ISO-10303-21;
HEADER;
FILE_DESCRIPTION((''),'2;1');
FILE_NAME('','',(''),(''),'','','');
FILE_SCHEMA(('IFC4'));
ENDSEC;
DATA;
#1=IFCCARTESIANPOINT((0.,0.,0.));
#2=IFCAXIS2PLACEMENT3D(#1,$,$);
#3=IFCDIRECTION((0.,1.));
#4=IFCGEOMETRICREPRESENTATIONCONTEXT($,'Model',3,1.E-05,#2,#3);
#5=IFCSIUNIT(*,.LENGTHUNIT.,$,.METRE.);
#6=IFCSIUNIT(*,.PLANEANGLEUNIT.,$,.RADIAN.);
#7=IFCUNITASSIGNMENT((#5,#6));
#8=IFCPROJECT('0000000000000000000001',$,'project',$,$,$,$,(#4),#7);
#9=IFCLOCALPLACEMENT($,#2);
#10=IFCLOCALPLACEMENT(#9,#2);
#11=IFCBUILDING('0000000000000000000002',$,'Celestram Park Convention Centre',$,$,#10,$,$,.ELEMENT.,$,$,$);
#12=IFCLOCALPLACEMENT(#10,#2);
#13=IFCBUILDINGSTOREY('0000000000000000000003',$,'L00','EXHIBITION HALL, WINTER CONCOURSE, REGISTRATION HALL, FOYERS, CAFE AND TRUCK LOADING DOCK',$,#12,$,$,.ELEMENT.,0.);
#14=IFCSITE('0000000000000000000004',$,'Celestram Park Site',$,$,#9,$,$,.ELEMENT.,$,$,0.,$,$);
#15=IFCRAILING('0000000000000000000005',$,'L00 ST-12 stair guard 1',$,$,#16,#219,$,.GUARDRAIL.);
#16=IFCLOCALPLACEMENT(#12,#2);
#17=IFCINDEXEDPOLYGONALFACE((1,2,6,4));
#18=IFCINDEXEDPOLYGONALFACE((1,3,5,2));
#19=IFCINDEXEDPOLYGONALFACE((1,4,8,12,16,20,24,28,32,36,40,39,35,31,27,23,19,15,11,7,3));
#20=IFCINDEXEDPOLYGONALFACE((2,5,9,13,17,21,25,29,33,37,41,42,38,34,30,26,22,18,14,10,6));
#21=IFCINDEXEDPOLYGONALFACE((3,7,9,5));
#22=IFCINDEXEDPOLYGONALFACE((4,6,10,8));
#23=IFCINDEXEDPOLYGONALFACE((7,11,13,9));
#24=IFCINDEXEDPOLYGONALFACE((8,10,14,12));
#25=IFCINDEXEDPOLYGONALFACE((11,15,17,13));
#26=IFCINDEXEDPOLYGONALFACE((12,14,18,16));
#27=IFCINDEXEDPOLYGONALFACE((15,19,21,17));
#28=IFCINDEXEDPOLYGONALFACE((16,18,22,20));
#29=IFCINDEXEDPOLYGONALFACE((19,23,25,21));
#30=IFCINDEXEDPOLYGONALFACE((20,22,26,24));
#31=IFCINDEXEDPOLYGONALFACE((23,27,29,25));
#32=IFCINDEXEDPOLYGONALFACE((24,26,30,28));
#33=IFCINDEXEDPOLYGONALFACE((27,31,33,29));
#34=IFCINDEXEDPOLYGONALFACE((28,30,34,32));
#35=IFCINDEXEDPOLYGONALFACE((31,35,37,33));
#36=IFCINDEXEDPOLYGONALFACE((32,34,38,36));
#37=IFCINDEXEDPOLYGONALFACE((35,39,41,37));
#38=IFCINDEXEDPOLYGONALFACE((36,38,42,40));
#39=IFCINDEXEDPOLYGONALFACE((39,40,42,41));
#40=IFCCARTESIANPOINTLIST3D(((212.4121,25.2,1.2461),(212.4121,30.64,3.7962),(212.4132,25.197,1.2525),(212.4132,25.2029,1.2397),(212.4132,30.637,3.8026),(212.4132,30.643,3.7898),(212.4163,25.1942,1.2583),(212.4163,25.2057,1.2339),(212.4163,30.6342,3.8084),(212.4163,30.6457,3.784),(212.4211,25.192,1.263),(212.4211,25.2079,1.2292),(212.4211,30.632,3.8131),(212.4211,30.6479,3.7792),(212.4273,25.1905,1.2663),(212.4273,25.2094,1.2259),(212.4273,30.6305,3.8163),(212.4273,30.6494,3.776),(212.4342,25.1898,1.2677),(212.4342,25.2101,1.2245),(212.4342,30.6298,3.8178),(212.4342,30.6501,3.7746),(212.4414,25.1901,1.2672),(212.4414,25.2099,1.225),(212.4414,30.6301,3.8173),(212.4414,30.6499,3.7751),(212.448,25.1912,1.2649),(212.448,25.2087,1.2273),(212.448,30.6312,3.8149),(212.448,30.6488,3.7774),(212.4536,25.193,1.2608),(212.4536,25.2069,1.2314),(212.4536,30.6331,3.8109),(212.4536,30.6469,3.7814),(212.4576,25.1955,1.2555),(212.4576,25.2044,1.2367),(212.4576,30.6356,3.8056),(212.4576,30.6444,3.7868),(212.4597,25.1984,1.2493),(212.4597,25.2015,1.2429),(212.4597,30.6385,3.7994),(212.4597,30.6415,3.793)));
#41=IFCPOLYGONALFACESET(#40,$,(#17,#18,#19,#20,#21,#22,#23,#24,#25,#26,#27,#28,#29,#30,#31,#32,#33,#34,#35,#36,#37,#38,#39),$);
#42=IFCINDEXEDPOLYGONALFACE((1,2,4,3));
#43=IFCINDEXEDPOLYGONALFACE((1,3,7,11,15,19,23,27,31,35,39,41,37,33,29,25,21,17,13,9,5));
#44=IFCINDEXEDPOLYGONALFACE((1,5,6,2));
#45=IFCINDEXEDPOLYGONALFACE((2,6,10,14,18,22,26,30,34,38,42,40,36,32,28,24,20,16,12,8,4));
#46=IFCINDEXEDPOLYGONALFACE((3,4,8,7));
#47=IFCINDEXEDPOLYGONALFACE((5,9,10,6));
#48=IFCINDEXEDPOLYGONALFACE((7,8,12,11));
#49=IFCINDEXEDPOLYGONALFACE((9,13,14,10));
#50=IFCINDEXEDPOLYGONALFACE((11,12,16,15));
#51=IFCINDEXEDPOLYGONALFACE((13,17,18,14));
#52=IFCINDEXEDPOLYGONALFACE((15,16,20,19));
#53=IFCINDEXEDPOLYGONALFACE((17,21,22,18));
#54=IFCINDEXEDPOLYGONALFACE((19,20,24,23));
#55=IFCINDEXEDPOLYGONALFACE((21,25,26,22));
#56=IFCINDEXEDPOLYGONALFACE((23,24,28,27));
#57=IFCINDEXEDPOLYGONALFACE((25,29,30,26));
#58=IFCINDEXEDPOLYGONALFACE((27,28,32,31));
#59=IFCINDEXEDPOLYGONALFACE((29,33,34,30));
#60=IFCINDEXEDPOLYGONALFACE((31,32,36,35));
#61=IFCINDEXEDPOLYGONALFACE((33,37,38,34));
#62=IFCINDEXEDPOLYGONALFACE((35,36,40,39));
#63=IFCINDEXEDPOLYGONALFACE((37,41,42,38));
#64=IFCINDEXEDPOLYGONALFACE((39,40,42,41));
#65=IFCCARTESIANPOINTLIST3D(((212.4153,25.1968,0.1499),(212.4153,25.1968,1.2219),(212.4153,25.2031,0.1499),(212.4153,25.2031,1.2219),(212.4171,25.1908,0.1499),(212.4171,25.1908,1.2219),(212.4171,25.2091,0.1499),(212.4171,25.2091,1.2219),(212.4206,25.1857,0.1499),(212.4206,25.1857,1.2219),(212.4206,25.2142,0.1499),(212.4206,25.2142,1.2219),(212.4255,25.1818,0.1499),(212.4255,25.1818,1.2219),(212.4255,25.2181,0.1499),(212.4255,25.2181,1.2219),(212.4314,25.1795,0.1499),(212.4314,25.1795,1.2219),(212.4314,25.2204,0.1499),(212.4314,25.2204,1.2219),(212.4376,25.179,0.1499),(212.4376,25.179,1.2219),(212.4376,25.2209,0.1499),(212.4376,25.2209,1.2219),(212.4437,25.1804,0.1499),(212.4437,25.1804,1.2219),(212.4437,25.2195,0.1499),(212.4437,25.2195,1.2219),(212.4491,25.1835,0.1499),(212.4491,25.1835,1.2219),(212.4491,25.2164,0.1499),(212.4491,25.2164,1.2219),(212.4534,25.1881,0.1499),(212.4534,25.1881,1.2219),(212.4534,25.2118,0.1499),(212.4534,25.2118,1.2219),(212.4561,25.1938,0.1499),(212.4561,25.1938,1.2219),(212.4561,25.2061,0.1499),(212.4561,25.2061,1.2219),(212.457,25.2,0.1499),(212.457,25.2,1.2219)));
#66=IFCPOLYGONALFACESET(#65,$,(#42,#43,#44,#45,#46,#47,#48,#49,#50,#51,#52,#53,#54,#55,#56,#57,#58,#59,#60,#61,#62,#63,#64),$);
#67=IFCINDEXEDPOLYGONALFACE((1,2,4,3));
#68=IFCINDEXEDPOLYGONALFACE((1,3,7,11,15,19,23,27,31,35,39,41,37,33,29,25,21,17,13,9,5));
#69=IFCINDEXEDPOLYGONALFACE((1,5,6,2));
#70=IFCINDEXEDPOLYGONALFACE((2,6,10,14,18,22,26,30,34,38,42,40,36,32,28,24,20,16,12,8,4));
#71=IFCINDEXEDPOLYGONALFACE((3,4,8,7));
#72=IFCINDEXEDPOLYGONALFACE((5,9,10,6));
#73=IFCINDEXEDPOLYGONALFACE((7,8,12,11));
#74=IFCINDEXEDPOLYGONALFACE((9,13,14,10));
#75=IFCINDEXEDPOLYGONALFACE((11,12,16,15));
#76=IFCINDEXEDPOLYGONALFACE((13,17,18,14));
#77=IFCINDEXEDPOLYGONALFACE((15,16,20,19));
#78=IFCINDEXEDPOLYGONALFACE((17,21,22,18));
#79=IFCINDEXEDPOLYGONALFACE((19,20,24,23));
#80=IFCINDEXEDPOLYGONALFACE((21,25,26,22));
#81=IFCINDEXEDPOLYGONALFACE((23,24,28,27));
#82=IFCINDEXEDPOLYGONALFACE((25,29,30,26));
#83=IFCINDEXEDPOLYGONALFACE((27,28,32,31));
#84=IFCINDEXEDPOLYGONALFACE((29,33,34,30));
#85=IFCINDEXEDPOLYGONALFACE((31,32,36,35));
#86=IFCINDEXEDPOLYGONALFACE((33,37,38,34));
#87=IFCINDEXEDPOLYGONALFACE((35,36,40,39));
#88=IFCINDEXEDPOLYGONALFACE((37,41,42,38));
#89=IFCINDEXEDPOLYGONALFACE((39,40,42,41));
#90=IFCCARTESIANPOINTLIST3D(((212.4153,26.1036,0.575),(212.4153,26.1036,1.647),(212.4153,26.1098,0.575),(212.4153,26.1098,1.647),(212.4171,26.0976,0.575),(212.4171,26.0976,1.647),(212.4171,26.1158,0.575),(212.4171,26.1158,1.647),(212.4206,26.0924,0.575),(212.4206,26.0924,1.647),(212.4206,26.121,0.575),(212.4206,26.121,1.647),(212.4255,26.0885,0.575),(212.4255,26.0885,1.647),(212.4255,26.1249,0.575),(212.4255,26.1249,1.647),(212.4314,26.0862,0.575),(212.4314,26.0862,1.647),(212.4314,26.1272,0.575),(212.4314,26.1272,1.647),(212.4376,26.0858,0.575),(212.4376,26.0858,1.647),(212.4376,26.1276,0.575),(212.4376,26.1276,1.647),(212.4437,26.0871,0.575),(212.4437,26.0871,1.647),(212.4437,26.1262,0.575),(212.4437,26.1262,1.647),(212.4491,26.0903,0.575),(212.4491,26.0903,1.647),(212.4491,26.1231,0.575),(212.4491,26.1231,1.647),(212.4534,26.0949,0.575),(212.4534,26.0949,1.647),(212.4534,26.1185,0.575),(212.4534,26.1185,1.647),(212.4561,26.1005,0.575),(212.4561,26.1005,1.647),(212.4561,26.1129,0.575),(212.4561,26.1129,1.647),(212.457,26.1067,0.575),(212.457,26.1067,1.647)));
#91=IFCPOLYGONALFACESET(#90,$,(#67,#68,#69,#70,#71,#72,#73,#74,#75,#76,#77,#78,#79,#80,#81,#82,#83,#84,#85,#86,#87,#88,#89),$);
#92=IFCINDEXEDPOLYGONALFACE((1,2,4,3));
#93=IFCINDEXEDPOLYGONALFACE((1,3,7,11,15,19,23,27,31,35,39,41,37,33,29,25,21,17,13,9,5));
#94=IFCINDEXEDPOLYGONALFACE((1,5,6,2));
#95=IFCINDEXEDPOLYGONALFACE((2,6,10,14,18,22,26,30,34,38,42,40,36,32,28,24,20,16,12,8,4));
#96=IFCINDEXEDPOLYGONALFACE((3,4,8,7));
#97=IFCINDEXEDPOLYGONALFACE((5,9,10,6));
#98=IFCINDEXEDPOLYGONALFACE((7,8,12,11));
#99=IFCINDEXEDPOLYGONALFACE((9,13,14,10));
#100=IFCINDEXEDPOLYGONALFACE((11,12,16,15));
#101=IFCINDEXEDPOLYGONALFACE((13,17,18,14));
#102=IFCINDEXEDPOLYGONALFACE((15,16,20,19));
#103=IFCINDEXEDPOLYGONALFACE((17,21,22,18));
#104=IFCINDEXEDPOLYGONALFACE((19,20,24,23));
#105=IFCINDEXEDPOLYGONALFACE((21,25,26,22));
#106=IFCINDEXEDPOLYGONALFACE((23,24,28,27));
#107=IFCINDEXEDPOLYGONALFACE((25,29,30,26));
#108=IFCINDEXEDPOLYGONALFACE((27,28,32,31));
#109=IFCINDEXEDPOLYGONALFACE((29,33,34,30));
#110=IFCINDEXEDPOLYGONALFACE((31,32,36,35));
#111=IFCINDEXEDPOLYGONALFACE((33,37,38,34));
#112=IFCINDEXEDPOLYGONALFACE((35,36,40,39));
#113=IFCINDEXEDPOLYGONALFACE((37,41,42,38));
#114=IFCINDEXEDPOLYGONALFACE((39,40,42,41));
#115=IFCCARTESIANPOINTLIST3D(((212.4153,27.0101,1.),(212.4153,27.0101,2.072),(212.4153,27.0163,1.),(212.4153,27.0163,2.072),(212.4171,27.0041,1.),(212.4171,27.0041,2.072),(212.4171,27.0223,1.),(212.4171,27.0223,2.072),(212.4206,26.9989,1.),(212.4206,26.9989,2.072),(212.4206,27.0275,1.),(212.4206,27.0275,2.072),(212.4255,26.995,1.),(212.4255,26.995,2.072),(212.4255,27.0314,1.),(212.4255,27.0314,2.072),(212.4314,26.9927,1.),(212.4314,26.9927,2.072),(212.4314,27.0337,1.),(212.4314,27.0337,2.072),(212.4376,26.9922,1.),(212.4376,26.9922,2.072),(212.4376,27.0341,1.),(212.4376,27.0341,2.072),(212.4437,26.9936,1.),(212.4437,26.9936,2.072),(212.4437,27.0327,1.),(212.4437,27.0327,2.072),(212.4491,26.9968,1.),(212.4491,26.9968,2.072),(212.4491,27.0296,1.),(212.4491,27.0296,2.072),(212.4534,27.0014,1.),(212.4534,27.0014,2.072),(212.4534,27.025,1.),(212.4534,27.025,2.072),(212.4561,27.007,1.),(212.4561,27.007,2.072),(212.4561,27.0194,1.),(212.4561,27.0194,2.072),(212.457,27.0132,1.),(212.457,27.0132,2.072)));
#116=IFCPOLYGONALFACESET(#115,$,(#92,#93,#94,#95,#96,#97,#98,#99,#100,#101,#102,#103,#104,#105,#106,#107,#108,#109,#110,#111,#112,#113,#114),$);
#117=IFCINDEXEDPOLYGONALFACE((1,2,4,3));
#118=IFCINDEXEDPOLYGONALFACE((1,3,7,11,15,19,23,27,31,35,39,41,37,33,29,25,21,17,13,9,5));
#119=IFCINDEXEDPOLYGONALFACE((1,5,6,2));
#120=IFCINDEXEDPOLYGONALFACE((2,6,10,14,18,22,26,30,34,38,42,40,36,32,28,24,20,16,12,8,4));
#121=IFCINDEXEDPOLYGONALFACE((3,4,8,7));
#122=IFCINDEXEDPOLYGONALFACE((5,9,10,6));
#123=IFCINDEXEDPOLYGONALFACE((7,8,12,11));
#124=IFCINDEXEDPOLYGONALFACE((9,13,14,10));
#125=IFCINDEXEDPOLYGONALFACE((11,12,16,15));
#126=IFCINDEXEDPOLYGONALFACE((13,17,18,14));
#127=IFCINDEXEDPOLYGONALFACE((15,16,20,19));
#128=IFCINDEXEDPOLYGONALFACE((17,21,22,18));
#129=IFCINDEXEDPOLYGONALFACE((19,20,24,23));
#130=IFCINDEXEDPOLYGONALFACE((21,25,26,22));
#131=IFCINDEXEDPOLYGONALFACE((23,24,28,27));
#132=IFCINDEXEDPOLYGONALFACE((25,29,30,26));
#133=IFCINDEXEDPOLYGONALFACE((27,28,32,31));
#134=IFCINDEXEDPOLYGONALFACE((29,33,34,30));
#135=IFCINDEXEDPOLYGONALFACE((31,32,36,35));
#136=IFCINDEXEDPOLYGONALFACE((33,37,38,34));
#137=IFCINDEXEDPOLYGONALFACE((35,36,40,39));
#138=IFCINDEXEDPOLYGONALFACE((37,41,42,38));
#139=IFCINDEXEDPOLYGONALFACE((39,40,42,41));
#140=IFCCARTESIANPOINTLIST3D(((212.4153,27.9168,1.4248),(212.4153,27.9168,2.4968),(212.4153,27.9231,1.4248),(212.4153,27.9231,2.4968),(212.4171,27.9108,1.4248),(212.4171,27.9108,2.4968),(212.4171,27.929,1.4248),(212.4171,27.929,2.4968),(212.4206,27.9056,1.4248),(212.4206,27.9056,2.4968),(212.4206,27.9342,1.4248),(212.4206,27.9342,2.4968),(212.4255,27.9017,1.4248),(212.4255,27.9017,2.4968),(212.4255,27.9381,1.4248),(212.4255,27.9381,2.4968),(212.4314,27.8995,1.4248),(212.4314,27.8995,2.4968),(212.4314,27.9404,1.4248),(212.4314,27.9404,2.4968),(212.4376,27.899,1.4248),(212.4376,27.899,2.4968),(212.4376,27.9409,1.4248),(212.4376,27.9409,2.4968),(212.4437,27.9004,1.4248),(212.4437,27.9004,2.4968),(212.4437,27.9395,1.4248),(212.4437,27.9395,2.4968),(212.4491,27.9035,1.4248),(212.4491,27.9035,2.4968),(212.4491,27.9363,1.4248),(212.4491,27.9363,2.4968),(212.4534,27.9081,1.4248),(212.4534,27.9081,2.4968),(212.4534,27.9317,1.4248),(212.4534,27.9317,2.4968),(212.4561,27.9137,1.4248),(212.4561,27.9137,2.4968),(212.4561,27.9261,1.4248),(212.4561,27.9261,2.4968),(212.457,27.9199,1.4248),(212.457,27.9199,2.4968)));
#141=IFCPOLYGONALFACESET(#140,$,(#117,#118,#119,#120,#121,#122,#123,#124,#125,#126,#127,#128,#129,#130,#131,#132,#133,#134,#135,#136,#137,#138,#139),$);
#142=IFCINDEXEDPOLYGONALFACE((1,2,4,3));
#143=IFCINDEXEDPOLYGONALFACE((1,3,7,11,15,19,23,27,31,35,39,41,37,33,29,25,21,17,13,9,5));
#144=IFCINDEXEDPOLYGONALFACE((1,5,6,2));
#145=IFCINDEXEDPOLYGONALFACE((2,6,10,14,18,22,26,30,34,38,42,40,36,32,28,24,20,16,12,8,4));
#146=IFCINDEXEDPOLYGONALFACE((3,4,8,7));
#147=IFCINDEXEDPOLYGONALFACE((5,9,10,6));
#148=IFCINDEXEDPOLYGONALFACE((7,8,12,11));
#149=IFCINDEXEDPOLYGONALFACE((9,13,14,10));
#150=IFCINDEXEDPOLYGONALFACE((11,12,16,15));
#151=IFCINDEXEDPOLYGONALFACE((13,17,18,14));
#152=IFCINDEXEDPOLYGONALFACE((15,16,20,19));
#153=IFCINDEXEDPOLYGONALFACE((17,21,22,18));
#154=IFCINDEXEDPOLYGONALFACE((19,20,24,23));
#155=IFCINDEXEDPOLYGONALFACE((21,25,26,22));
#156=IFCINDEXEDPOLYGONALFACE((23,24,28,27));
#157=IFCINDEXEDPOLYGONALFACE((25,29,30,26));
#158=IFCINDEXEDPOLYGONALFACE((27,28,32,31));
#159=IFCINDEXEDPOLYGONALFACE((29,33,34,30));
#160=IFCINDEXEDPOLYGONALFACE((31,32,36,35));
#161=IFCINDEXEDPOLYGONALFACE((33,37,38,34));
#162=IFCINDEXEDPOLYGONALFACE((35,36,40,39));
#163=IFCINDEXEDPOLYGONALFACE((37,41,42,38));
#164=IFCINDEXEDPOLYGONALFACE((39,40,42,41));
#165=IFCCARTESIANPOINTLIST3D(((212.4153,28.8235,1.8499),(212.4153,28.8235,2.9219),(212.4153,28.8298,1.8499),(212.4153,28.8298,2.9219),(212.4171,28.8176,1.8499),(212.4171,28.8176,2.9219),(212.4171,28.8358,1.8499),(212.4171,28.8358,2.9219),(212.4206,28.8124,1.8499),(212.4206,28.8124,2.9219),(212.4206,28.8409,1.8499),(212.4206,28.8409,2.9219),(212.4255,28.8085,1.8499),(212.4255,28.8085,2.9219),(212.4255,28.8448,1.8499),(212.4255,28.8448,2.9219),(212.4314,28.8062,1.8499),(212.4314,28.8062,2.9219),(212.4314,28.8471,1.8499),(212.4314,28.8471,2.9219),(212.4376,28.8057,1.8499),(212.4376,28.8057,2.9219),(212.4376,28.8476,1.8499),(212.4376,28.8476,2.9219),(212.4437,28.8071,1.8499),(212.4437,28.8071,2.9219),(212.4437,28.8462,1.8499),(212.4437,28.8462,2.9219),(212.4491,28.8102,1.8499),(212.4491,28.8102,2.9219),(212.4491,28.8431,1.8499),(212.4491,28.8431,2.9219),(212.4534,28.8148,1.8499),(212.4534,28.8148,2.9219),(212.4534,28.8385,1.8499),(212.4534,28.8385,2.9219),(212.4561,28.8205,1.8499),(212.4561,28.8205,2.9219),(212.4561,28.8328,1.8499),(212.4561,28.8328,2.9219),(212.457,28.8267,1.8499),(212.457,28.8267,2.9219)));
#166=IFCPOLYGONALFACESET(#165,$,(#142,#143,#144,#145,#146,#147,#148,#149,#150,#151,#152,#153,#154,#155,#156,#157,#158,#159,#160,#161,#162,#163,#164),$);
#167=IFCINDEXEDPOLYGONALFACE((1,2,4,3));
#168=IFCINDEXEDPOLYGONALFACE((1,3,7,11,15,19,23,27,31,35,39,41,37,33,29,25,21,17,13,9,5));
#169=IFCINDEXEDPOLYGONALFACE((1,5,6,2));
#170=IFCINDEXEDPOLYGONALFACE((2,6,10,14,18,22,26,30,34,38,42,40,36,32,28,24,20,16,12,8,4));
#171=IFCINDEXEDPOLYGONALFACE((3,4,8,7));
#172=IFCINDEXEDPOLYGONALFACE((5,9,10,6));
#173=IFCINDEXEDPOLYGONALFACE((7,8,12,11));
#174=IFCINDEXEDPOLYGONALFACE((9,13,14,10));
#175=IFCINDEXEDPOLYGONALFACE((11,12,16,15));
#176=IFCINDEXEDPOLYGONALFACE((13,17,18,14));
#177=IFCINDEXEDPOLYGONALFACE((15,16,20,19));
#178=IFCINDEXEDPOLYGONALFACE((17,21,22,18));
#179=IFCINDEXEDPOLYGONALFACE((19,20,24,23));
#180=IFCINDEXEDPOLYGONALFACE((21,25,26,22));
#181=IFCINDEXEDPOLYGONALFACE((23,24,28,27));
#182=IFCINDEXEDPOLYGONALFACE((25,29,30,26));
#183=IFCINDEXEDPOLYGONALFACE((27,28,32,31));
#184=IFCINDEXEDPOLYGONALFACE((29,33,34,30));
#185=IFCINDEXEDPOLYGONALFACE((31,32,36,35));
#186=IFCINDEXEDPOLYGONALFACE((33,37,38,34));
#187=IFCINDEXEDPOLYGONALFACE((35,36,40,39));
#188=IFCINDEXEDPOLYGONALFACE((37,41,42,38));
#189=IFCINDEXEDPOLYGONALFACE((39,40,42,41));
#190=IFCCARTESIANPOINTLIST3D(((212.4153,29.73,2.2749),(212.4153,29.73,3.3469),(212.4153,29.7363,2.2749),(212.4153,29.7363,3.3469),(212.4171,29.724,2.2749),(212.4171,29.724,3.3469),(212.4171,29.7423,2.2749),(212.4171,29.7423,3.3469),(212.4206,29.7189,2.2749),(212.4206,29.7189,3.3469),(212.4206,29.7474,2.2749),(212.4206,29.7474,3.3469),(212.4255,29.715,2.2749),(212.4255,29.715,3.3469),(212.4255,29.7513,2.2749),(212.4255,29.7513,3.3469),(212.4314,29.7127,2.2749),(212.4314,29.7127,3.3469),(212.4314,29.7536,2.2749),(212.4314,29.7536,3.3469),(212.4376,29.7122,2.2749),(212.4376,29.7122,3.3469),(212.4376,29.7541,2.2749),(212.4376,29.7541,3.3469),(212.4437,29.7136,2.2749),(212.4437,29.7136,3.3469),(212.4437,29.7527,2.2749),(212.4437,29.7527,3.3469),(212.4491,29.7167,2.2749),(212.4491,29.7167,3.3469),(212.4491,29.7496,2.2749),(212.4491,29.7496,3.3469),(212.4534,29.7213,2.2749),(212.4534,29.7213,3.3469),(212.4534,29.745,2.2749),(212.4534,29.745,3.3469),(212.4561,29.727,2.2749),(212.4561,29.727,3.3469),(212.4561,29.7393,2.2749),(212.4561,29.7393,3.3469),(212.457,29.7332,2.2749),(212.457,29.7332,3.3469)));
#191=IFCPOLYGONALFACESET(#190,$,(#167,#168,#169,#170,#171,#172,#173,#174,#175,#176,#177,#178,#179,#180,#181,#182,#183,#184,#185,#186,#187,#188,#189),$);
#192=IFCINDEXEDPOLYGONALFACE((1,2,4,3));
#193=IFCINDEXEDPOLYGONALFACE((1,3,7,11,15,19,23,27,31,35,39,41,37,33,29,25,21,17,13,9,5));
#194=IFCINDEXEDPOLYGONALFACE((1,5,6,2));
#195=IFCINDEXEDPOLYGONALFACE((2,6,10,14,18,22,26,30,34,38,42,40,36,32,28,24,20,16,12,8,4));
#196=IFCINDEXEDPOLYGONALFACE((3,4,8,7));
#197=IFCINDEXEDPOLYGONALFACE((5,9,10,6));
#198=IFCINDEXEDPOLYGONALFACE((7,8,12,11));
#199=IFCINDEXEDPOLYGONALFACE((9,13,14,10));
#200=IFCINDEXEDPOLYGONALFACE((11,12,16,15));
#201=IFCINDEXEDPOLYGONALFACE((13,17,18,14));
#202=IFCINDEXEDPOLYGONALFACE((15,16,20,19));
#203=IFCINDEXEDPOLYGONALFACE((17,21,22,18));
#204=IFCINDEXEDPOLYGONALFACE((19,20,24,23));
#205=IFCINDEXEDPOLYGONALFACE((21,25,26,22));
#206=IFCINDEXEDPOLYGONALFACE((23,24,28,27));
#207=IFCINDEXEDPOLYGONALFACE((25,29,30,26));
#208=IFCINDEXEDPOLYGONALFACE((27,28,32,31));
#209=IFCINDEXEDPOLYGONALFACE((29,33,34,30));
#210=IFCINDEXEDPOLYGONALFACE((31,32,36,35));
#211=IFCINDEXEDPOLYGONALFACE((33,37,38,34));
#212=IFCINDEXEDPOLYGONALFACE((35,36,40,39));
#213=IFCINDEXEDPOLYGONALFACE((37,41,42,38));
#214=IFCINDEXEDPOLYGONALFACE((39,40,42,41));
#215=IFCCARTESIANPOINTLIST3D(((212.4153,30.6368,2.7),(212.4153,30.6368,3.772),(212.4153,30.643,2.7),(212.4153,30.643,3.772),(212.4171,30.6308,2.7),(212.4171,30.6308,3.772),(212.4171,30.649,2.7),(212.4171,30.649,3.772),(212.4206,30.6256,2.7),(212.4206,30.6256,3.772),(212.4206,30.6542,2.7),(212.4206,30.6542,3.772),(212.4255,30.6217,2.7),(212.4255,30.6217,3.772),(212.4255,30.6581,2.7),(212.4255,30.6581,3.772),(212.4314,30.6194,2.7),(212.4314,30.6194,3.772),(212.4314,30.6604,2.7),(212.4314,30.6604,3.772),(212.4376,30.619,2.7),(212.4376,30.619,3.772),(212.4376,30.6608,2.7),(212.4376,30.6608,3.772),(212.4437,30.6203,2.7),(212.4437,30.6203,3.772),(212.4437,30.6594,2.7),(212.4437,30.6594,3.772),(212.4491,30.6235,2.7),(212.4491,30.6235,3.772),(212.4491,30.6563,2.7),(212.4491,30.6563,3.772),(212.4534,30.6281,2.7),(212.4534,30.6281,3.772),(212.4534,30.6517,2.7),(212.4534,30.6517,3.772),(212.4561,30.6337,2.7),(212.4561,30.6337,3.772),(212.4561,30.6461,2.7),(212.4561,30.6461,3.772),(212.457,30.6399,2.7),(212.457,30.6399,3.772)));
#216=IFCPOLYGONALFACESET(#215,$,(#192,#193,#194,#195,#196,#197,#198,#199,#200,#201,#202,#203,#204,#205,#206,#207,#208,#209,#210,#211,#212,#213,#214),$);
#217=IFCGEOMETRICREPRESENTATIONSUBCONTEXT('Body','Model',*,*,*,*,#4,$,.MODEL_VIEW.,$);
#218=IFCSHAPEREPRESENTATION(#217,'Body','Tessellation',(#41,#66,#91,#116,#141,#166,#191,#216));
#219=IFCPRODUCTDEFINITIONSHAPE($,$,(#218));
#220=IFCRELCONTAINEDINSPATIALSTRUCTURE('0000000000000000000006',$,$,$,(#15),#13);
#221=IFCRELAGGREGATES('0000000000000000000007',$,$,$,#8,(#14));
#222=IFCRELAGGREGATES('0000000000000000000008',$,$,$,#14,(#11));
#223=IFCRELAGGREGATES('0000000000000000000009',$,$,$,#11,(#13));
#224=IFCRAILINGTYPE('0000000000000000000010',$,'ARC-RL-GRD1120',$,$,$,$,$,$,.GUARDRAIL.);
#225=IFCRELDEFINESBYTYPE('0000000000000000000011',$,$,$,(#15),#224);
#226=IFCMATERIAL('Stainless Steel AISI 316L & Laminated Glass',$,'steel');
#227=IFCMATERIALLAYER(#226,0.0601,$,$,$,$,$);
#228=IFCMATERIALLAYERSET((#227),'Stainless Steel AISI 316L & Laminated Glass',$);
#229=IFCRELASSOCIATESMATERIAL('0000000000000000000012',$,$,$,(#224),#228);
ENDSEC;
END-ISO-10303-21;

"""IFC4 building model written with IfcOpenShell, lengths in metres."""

from ifc_helpers import new_model, si_unit, direction, frame, origin, origin_2d, place, context, subcontext, project, spatial, circle, extrude, material, layer, layer_set, type_object, element, save


model = new_model("IFC4")

# Units and contexts
model_context = context("Model", 3, precision=1e-05, world=origin(), true_north=direction((0.0, 1.0)))
body_context = subcontext(model_context, "Body", "Model", "MODEL_VIEW")
ifc_project = project(units=[si_unit("LENGTHUNIT", "METRE"), si_unit("PLANEANGLEUNIT", "RADIAN")], contexts=[model_context])

# Site, building, storey
site_placement = place(None, origin())
site = spatial("IfcSite", under=ifc_project, at=site_placement, Name="Celestram Park Site", CompositionType="ELEMENT", RefElevation=0.0)
building_placement = place(site_placement, origin())
building = spatial("IfcBuilding", under=site, at=building_placement, Name="Celestram Park Convention Centre", CompositionType="ELEMENT")
storey_placement = place(building_placement, origin())
storey = spatial("IfcBuildingStorey", under=building, at=storey_placement, Name="L00", Description="EXHIBITION HALL, WINTER CONCOURSE, REGISTRATION HALL, FOYERS, CAFE AND TRUCK LOADING DOCK", CompositionType="ELEMENT", Elevation=0.0)

# Railing
ifc_material_1 = material(Name="Stainless Steel AISI 316L & Laminated Glass", Category="steel")
ifc_layer_1 = layer(ifc_material_1, 0.0601)
ifc_layer_set_1 = layer_set([ifc_layer_1], Name="Stainless Steel AISI 316L & Laminated Glass")
railing_type_1 = type_object("IfcRailingType", Name="ARC-RL-GRD1120", PredefinedType="GUARDRAIL", material=ifc_layer_set_1)
railing_1_placement = place(storey_placement, frame((212.436, 25.2, 0.1499)))
element("IfcRailing", 1, at=railing_1_placement, inside=storey, type_object=railing_type_1, Name="L00 ST-12 stair guard 1", PredefinedType="GUARDRAIL", context=body_context, shape_type="SweptSolid", body=[
    extrude(circle(Radius=0.0239, at=origin_2d()), frame((0.0, 0.0, 1.0962), z_axis=(0.0, 0.905454, 0.424444), x_axis=(-1.0, 0.0, 0.0)), (0.0, 0.0, 1.0), 6.0081),
    extrude(circle(Radius=0.021, at=origin_2d()), origin(), (0.0, 0.0, 1.0), 1.072),
    extrude(circle(Radius=0.021, at=origin_2d()), frame((0.0, 0.9067, 0.425)), (0.0, 0.0, 1.0), 1.072),
    extrude(circle(Radius=0.021, at=origin_2d()), frame((0.0, 1.8132, 0.8501)), (0.0, 0.0, 1.0), 1.072),
    extrude(circle(Radius=0.021, at=origin_2d()), frame((0.0, 2.72, 1.2749)), (0.0, 0.0, 1.0), 1.072),
    extrude(circle(Radius=0.021, at=origin_2d()), frame((0.0, 3.6267, 1.7)), (0.0, 0.0, 1.0), 1.072),
    extrude(circle(Radius=0.021, at=origin_2d()), frame((0.0, 4.5332, 2.125)), (0.0, 0.0, 1.0), 1.072),
    extrude(circle(Radius=0.021, at=origin_2d()), frame((0.0, 5.4399, 2.55)), (0.0, 0.0, 1.0), 1.072),
])

save(model, "model.ifc")
